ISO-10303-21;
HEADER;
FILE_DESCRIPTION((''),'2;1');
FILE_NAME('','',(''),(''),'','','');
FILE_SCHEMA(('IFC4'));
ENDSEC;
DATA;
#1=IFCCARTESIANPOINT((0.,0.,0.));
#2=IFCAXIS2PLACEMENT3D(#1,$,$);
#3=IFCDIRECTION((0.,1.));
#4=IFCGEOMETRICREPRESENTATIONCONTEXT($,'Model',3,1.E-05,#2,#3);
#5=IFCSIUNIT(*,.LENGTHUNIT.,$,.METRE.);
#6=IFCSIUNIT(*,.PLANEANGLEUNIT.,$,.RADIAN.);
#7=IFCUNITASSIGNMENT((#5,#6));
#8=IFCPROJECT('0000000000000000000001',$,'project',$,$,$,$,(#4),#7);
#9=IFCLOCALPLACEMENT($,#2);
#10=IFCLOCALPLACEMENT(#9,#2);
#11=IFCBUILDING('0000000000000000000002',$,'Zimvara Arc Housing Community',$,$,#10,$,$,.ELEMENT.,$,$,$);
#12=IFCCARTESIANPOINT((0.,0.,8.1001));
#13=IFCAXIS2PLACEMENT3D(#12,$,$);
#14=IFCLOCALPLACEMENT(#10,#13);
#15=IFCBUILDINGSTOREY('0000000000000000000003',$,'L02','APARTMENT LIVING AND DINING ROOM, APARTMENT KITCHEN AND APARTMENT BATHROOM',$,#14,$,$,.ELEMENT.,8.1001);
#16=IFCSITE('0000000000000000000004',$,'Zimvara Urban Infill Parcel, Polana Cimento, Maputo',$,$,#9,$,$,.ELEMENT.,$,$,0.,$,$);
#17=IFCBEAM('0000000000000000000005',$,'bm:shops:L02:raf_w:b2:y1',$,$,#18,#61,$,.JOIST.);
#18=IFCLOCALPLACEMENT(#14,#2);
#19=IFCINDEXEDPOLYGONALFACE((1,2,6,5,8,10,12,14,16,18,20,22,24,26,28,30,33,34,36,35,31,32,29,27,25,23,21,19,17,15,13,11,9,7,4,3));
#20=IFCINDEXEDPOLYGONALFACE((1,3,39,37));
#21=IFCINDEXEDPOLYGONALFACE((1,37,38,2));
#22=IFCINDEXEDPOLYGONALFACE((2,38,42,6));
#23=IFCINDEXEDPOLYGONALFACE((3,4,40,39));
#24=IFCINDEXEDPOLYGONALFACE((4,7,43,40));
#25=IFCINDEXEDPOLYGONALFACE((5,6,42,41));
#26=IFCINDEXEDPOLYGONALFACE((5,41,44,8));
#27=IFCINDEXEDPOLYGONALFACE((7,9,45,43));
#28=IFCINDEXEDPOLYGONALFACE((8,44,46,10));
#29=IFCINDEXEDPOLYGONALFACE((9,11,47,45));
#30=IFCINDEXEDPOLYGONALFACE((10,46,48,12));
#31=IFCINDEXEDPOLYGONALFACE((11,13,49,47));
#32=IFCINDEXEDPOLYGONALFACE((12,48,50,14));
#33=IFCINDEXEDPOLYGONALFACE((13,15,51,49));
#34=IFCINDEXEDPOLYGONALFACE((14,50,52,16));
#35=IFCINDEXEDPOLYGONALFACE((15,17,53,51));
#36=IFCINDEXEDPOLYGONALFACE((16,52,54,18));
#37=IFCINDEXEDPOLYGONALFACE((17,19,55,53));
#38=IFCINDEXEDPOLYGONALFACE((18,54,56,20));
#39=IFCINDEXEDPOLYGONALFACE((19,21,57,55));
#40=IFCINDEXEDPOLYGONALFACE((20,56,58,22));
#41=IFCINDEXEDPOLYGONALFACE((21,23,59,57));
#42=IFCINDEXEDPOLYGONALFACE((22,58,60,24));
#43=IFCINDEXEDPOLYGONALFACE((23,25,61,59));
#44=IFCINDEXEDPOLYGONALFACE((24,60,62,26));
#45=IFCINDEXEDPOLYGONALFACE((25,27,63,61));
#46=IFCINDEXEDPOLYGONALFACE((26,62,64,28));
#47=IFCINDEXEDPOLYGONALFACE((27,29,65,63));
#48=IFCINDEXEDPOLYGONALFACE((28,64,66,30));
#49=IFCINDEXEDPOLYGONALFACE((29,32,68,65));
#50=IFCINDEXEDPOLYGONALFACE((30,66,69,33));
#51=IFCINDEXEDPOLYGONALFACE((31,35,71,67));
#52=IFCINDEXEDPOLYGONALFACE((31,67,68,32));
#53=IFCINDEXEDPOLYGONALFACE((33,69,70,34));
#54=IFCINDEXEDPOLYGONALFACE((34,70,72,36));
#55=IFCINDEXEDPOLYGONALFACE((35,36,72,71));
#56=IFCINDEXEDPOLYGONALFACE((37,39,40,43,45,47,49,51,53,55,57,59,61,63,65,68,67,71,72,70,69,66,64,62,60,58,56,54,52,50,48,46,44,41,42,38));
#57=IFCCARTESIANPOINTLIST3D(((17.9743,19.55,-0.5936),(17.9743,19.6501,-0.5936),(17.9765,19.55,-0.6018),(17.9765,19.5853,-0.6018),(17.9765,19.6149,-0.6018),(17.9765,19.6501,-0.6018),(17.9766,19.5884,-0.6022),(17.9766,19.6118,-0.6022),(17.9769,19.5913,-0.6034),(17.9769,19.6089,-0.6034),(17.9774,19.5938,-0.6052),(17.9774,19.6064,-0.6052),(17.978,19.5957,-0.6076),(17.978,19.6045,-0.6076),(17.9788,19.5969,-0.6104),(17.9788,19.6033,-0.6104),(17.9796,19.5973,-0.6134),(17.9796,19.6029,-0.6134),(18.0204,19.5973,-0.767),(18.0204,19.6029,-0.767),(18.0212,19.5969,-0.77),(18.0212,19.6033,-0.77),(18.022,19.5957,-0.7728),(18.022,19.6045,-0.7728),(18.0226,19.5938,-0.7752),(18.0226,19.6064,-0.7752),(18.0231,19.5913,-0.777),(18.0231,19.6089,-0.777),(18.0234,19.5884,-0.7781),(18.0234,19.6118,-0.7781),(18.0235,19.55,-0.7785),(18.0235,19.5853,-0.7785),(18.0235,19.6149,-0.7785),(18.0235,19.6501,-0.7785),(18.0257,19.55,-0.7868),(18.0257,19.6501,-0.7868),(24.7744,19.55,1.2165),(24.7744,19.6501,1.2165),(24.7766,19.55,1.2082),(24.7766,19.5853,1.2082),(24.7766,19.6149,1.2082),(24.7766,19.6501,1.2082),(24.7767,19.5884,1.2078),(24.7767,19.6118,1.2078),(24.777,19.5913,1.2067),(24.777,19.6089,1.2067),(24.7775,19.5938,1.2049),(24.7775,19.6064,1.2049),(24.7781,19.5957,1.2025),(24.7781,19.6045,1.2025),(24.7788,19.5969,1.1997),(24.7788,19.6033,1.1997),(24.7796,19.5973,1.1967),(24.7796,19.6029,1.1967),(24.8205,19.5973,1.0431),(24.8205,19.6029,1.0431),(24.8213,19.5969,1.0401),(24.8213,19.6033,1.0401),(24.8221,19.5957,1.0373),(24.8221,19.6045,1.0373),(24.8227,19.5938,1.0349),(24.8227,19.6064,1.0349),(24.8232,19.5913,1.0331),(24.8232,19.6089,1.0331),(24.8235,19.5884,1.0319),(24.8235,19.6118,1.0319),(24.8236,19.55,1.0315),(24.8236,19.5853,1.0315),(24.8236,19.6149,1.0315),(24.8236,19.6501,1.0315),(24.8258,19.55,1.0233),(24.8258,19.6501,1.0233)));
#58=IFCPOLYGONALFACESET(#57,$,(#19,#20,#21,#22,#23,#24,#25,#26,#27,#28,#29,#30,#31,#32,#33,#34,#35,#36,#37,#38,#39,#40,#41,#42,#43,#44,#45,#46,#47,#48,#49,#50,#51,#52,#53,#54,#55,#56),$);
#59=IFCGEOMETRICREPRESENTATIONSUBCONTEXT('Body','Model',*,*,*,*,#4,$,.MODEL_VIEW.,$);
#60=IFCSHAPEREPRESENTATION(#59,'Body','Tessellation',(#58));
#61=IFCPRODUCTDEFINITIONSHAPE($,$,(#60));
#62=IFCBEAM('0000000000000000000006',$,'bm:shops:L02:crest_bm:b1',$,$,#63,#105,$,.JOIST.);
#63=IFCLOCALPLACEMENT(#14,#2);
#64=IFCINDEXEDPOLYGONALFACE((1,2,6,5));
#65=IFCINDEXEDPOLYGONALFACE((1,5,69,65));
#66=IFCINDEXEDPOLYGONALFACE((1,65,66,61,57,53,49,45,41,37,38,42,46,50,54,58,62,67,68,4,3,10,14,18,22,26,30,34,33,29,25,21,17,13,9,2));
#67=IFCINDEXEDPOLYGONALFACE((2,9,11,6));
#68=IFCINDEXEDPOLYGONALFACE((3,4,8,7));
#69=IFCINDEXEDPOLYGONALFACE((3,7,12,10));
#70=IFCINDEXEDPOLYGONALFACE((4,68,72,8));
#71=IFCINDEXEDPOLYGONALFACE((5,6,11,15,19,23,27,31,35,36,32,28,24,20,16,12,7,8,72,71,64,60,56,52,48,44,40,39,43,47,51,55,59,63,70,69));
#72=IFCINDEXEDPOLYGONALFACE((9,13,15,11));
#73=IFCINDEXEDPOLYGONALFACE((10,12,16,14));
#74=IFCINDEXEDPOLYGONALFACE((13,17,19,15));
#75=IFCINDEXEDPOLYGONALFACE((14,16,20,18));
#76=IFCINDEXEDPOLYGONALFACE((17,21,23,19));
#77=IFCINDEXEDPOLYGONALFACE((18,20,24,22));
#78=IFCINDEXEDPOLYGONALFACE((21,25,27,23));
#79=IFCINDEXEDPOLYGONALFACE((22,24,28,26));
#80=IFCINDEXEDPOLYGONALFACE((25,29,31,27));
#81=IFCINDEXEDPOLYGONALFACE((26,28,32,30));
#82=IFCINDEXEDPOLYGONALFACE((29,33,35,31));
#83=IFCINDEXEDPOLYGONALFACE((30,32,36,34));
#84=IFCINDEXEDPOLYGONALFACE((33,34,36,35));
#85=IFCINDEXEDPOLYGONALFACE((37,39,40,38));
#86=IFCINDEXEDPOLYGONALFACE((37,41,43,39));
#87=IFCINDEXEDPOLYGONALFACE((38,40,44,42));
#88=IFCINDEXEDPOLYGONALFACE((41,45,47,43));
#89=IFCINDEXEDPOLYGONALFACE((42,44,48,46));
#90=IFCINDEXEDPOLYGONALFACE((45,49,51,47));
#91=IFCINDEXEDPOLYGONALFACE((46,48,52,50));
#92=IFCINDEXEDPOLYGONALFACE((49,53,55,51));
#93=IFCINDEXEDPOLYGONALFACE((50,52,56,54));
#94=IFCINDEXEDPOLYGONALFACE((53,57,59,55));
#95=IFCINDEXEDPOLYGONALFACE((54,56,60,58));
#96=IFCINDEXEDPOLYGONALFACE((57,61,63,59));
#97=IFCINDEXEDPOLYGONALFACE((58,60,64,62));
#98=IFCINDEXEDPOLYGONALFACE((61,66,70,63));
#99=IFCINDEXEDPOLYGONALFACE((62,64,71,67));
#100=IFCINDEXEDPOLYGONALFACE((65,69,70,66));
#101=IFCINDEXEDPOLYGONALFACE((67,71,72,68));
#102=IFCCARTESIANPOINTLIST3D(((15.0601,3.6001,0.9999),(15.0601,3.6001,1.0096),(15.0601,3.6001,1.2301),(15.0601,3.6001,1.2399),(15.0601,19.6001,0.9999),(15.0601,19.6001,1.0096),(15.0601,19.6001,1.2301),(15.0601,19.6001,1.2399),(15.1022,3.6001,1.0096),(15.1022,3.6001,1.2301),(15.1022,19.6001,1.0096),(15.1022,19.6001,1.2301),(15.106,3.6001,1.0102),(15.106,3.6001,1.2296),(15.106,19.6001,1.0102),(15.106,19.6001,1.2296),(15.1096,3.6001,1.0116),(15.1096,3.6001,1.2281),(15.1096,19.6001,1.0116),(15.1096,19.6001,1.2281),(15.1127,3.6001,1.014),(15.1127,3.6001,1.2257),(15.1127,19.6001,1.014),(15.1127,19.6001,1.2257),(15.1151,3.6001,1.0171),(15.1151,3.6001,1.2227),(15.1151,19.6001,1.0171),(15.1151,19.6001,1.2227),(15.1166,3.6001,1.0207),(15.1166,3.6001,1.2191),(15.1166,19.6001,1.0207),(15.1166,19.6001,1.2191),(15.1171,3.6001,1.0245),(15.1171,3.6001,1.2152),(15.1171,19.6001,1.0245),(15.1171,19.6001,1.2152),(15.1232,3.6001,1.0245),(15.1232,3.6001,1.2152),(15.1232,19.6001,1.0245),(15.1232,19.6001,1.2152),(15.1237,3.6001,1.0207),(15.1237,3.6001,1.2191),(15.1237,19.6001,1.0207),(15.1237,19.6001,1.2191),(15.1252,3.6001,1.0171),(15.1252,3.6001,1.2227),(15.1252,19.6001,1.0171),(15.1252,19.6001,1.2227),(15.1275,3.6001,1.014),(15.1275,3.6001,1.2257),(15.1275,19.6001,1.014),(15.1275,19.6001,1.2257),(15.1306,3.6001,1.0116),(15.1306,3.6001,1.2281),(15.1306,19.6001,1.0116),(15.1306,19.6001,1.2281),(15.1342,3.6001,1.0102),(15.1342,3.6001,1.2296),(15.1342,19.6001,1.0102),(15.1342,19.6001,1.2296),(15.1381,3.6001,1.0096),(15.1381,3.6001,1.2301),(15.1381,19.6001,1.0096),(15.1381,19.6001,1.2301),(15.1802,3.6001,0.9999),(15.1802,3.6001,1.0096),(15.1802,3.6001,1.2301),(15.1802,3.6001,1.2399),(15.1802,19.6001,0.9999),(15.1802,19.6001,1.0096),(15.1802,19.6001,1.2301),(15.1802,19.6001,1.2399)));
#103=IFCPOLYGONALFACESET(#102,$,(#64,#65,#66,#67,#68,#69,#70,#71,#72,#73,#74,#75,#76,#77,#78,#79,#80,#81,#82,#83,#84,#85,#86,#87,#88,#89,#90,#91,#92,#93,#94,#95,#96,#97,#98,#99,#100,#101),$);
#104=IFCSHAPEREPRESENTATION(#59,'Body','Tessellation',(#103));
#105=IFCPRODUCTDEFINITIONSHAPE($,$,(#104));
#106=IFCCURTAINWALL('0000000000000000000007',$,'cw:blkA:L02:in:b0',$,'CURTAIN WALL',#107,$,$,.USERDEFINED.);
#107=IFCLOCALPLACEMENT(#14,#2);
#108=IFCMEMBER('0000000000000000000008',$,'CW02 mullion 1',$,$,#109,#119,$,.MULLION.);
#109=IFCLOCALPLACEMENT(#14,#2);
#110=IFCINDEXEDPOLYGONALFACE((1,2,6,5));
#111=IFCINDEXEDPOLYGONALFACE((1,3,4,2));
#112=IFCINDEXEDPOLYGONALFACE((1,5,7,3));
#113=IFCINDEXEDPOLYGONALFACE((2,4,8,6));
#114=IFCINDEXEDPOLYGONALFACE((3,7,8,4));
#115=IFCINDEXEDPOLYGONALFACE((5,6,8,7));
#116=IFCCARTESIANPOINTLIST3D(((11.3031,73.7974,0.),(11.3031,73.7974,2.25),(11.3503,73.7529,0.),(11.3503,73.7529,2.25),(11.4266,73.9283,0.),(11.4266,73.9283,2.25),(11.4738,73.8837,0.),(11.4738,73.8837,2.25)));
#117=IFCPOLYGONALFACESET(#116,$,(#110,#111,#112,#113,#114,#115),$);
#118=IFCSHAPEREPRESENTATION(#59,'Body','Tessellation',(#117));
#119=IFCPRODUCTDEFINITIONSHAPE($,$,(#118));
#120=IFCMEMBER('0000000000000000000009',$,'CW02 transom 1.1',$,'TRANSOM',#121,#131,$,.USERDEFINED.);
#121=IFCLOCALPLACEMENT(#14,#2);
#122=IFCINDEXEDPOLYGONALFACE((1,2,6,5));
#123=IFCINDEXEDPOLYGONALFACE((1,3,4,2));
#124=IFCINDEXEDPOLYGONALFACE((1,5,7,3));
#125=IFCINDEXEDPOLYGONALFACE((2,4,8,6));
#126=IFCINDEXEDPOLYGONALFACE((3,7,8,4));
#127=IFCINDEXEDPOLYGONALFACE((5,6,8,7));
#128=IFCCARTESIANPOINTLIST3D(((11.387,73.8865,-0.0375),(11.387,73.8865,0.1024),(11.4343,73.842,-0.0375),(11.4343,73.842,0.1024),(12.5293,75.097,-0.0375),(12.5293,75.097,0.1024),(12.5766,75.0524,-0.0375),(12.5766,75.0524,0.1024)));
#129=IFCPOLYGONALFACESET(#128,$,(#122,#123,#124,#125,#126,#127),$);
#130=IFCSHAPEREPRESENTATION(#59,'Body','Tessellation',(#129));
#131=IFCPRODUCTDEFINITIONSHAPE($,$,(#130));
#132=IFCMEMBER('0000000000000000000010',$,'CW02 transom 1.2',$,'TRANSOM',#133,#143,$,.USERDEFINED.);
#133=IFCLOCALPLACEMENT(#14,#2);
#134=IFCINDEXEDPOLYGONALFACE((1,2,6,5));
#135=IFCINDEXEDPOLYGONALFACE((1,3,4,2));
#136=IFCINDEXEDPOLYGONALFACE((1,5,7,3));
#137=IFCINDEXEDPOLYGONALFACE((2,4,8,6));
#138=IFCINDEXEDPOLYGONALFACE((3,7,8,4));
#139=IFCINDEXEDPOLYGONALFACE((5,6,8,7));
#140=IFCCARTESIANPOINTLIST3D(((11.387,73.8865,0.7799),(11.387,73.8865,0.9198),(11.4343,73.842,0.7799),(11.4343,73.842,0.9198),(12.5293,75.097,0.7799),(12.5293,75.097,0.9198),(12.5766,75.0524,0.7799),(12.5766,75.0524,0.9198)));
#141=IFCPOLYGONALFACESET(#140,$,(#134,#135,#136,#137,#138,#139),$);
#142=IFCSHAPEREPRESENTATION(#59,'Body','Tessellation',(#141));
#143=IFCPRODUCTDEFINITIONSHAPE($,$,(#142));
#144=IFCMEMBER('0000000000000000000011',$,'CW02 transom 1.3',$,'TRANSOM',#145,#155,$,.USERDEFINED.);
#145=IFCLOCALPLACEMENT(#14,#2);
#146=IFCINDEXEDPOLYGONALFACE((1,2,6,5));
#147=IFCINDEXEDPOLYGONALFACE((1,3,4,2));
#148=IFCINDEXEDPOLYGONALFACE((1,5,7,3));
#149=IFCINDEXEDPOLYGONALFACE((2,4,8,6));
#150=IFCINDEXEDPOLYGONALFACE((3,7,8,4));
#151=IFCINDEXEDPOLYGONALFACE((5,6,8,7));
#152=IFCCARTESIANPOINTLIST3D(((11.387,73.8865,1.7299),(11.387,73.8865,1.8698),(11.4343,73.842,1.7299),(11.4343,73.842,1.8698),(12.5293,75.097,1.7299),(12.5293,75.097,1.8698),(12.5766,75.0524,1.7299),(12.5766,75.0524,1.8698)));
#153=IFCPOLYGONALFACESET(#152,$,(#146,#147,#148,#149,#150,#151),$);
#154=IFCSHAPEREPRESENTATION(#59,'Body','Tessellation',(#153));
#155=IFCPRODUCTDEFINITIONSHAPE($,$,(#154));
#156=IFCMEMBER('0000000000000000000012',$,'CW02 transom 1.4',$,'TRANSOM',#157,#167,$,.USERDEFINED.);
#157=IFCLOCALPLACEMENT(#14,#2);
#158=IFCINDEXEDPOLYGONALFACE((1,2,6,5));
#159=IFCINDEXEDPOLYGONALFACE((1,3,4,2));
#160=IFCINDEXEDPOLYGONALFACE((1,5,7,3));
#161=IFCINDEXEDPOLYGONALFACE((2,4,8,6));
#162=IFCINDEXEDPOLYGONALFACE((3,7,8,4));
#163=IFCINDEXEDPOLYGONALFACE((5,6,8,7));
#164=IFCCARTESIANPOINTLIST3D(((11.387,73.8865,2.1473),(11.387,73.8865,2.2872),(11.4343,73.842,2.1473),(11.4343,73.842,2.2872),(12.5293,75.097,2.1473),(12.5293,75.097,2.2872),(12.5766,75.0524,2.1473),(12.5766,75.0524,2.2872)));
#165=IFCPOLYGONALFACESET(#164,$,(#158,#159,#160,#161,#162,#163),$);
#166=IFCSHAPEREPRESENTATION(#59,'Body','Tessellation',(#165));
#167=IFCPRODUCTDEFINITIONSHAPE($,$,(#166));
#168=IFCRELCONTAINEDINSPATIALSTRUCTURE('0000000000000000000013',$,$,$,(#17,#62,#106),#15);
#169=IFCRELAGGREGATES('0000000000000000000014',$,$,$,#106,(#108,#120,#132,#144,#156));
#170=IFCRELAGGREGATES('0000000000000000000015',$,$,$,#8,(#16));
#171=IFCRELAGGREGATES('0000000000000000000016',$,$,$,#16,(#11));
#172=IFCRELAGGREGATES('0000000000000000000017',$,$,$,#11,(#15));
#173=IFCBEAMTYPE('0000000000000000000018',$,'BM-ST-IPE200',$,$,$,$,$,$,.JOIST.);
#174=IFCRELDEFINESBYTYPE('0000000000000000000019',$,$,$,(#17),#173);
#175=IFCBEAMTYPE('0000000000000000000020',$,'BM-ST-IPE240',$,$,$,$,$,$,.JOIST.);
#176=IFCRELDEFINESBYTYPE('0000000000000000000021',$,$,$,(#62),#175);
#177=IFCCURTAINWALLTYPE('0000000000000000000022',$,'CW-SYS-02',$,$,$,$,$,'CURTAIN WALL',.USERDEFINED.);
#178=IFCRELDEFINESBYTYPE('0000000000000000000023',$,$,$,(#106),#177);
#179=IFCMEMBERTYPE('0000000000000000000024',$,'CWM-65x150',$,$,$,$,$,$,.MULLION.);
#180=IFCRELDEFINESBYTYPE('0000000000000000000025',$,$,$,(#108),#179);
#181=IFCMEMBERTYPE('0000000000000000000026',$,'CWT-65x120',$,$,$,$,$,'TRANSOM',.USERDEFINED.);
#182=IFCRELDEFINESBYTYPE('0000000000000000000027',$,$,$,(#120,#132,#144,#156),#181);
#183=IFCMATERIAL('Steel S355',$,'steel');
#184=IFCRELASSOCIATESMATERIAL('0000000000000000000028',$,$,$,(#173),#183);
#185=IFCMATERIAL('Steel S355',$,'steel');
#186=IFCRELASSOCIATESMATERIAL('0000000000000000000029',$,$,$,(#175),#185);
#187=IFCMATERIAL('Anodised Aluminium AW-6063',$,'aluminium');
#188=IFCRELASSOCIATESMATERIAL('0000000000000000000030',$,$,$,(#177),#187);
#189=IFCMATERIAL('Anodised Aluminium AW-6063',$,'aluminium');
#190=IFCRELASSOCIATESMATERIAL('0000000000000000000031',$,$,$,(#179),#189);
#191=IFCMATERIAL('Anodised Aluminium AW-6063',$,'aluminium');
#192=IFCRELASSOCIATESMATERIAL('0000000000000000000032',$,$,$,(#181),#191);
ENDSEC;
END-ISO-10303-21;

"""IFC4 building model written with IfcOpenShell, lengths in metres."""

from ifc_helpers import new_model, si_unit, direction, frame, origin, origin_2d, place, context, subcontext, project, spatial, rectangle, i_section, extrude, material, material_profile, profile_set, type_object, element, aggregate, save


model = new_model("IFC4")

# Units and contexts
model_context = context("Model", 3, precision=1e-05, world=origin(), true_north=direction((0.0, 1.0)))
body_context = subcontext(model_context, "Body", "Model", "MODEL_VIEW")
ifc_project = project(units=[si_unit("LENGTHUNIT", "METRE"), si_unit("PLANEANGLEUNIT", "RADIAN")], contexts=[model_context])

# Site, building, storey
site_placement = place(None, origin())
site = spatial("IfcSite", under=ifc_project, at=site_placement, Name="Zimvara Urban Infill Parcel, Polana Cimento, Maputo", CompositionType="ELEMENT", RefElevation=0.0)
building_placement = place(site_placement, origin())
building = spatial("IfcBuilding", under=site, at=building_placement, Name="Zimvara Arc Housing Community", CompositionType="ELEMENT")
storey_placement = place(building_placement, frame((0.0, 0.0, 8.1001)))
storey = spatial("IfcBuildingStorey", under=building, at=storey_placement, Name="L02", Description="APARTMENT LIVING AND DINING ROOM, APARTMENT KITCHEN AND APARTMENT BATHROOM", CompositionType="ELEMENT", Elevation=8.1001)

# Beams
ifc_material_1 = material(Name="Steel S355", Category="steel")
ifc_material_profile_1 = material_profile(ifc_material_1, i_section(OverallWidth=0.1001, OverallDepth=0.2, WebThickness=0.0056, FlangeThickness=0.0085, FilletRadius=0.012, at=origin_2d()), Name="IPE 200")
ifc_profile_set_1 = profile_set([ifc_material_profile_1], Name="Steel S355")
beam_type_1 = type_object("IfcBeamType", Name="BM-ST-IPE200", PredefinedType="JOIST", material=ifc_profile_set_1)
for number, where, z_axis, x_axis, name in (
    (1, (18.0, 19.6001, -0.6902), (0.966351, 0.0, 0.257226), (0.0, 1.0, 0.0), "bm:shops:L02:raf_w:b2:y1"),
):
    element("IfcBeam", number, at=place(storey_placement, frame(where, z_axis=z_axis, x_axis=x_axis)), inside=storey, type_object=beam_type_1, Name=name, PredefinedType="JOIST", context=body_context, shape_type="SweptSolid", body=[
        extrude(i_section(OverallWidth=0.1001, OverallDepth=0.2, WebThickness=0.0056, FlangeThickness=0.0085, FilletRadius=0.012, at=origin_2d()), origin(), (0.0, 0.0, 1.0), 7.0369),
    ])
ifc_material_2 = material(Name="Steel S355", Category="steel")
ifc_material_profile_2 = material_profile(ifc_material_2, i_section(OverallWidth=0.1201, OverallDepth=0.24, WebThickness=0.0061, FlangeThickness=0.0098, FilletRadius=0.0149, at=origin_2d()), Name="IPE 240")
ifc_profile_set_2 = profile_set([ifc_material_profile_2], Name="Steel S355")
beam_type_2 = type_object("IfcBeamType", Name="BM-ST-IPE240", PredefinedType="JOIST", material=ifc_profile_set_2)
beam_1_placement = place(storey_placement, frame((15.1201, 3.6001, 1.1199), z_axis=(0.0, 1.0, 0.0), x_axis=(-1.0, 0.0, 0.0)))
element("IfcBeam", 2, at=beam_1_placement, inside=storey, type_object=beam_type_2, Name="bm:shops:L02:crest_bm:b1", PredefinedType="JOIST", context=body_context, shape_type="SweptSolid", body=[
    extrude(i_section(OverallWidth=0.1201, OverallDepth=0.24, WebThickness=0.0061, FlangeThickness=0.0098, FilletRadius=0.0149, at=origin_2d()), origin(), (0.0, 0.0, 1.0), 16.0),
])

# Curtain wall, members
ifc_material_3 = material(Name="Anodised Aluminium AW-6063", Category="aluminium")
curtain_wall_type = type_object("IfcCurtainWallType", Name="CW-SYS-02", ElementType="CURTAIN WALL", PredefinedType="USERDEFINED", material=ifc_material_3)
curtain_wall_placement = place(storey_placement, origin())
curtain_wall = element("IfcCurtainWall", 3, at=curtain_wall_placement, inside=storey, type_object=curtain_wall_type, Name="cw:blkA:L02:in:b0", ObjectType="CURTAIN WALL", PredefinedType="USERDEFINED")
ifc_material_4 = material(Name="Anodised Aluminium AW-6063", Category="aluminium")
ifc_material_profile_3 = material_profile(ifc_material_4, rectangle(XDim=0.0649, YDim=0.1799, at=origin_2d()), Name="ALU 65x180")
ifc_profile_set_3 = profile_set([ifc_material_profile_3], Name="Anodised Aluminium AW-6063")
member_type_1 = type_object("IfcMemberType", Name="CWM-65x150", PredefinedType="MULLION", material=ifc_profile_set_3)
member_1_placement = place(storey_placement, frame((11.3884, 73.8406, 0.0), z_axis=(0.0, 0.0, 1.0), x_axis=(-0.727293, 0.686327, 0.0)))
member_1 = element("IfcMember", 4, at=member_1_placement, type_object=member_type_1, Name="CW02 mullion 1", PredefinedType="MULLION", context=body_context, shape_type="SweptSolid", body=[
    extrude(rectangle(XDim=0.0649, YDim=0.1799, at=origin_2d()), origin(), (0.0, 0.0, 1.0), 2.25),
])
ifc_material_5 = material(Name="Anodised Aluminium AW-6063", Category="aluminium")
ifc_material_profile_4 = material_profile(ifc_material_5, rectangle(XDim=0.0649, YDim=0.1399, at=origin_2d()), Name="ALU 65x140")
ifc_profile_set_4 = profile_set([ifc_material_profile_4], Name="Anodised Aluminium AW-6063")
member_type_2 = type_object("IfcMemberType", Name="CWT-65x120", ElementType="TRANSOM", PredefinedType="USERDEFINED", material=ifc_profile_set_4)
member_2_placement = place(storey_placement, frame((11.4106, 73.8643, 0.0325), z_axis=(0.686348, 0.727273, 0.0), x_axis=(-0.727273, 0.686348, 0.0)))
member_2 = element("IfcMember", 5, at=member_2_placement, type_object=member_type_2, Name="CW02 transom 1.1", ObjectType="TRANSOM", PredefinedType="USERDEFINED", context=body_context, shape_type="SweptSolid", body=[
    extrude(rectangle(XDim=0.0649, YDim=0.1399, at=origin_2d()), origin(), (0.0, 0.0, 1.0), 1.6643),
])
member_3_placement = place(storey_placement, frame((11.4106, 73.8643, 0.8499), z_axis=(0.686348, 0.727273, 0.0), x_axis=(-0.727273, 0.686348, 0.0)))
member_3 = element("IfcMember", 6, at=member_3_placement, type_object=member_type_2, Name="CW02 transom 1.2", ObjectType="TRANSOM", PredefinedType="USERDEFINED", context=body_context, shape_type="SweptSolid", body=[
    extrude(rectangle(XDim=0.0649, YDim=0.1399, at=origin_2d()), origin(), (0.0, 0.0, 1.0), 1.6643),
])
member_4_placement = place(storey_placement, frame((11.4106, 73.8643, 1.7998), z_axis=(0.686348, 0.727273, 0.0), x_axis=(-0.727273, 0.686348, 0.0)))
member_4 = element("IfcMember", 7, at=member_4_placement, type_object=member_type_2, Name="CW02 transom 1.3", ObjectType="TRANSOM", PredefinedType="USERDEFINED", context=body_context, shape_type="SweptSolid", body=[
    extrude(rectangle(XDim=0.0649, YDim=0.1399, at=origin_2d()), origin(), (0.0, 0.0, 1.0), 1.6643),
])
member_5_placement = place(storey_placement, frame((11.4106, 73.8643, 2.2173), z_axis=(0.686348, 0.727273, 0.0), x_axis=(-0.727273, 0.686348, 0.0)))
member_5 = element("IfcMember", 8, at=member_5_placement, type_object=member_type_2, Name="CW02 transom 1.4", ObjectType="TRANSOM", PredefinedType="USERDEFINED", context=body_context, shape_type="SweptSolid", body=[
    extrude(rectangle(XDim=0.0649, YDim=0.1399, at=origin_2d()), origin(), (0.0, 0.0, 1.0), 1.6643),
])
aggregate(curtain_wall, [member_1, member_2, member_3, member_4, member_5])

save(model, "model.ifc")
